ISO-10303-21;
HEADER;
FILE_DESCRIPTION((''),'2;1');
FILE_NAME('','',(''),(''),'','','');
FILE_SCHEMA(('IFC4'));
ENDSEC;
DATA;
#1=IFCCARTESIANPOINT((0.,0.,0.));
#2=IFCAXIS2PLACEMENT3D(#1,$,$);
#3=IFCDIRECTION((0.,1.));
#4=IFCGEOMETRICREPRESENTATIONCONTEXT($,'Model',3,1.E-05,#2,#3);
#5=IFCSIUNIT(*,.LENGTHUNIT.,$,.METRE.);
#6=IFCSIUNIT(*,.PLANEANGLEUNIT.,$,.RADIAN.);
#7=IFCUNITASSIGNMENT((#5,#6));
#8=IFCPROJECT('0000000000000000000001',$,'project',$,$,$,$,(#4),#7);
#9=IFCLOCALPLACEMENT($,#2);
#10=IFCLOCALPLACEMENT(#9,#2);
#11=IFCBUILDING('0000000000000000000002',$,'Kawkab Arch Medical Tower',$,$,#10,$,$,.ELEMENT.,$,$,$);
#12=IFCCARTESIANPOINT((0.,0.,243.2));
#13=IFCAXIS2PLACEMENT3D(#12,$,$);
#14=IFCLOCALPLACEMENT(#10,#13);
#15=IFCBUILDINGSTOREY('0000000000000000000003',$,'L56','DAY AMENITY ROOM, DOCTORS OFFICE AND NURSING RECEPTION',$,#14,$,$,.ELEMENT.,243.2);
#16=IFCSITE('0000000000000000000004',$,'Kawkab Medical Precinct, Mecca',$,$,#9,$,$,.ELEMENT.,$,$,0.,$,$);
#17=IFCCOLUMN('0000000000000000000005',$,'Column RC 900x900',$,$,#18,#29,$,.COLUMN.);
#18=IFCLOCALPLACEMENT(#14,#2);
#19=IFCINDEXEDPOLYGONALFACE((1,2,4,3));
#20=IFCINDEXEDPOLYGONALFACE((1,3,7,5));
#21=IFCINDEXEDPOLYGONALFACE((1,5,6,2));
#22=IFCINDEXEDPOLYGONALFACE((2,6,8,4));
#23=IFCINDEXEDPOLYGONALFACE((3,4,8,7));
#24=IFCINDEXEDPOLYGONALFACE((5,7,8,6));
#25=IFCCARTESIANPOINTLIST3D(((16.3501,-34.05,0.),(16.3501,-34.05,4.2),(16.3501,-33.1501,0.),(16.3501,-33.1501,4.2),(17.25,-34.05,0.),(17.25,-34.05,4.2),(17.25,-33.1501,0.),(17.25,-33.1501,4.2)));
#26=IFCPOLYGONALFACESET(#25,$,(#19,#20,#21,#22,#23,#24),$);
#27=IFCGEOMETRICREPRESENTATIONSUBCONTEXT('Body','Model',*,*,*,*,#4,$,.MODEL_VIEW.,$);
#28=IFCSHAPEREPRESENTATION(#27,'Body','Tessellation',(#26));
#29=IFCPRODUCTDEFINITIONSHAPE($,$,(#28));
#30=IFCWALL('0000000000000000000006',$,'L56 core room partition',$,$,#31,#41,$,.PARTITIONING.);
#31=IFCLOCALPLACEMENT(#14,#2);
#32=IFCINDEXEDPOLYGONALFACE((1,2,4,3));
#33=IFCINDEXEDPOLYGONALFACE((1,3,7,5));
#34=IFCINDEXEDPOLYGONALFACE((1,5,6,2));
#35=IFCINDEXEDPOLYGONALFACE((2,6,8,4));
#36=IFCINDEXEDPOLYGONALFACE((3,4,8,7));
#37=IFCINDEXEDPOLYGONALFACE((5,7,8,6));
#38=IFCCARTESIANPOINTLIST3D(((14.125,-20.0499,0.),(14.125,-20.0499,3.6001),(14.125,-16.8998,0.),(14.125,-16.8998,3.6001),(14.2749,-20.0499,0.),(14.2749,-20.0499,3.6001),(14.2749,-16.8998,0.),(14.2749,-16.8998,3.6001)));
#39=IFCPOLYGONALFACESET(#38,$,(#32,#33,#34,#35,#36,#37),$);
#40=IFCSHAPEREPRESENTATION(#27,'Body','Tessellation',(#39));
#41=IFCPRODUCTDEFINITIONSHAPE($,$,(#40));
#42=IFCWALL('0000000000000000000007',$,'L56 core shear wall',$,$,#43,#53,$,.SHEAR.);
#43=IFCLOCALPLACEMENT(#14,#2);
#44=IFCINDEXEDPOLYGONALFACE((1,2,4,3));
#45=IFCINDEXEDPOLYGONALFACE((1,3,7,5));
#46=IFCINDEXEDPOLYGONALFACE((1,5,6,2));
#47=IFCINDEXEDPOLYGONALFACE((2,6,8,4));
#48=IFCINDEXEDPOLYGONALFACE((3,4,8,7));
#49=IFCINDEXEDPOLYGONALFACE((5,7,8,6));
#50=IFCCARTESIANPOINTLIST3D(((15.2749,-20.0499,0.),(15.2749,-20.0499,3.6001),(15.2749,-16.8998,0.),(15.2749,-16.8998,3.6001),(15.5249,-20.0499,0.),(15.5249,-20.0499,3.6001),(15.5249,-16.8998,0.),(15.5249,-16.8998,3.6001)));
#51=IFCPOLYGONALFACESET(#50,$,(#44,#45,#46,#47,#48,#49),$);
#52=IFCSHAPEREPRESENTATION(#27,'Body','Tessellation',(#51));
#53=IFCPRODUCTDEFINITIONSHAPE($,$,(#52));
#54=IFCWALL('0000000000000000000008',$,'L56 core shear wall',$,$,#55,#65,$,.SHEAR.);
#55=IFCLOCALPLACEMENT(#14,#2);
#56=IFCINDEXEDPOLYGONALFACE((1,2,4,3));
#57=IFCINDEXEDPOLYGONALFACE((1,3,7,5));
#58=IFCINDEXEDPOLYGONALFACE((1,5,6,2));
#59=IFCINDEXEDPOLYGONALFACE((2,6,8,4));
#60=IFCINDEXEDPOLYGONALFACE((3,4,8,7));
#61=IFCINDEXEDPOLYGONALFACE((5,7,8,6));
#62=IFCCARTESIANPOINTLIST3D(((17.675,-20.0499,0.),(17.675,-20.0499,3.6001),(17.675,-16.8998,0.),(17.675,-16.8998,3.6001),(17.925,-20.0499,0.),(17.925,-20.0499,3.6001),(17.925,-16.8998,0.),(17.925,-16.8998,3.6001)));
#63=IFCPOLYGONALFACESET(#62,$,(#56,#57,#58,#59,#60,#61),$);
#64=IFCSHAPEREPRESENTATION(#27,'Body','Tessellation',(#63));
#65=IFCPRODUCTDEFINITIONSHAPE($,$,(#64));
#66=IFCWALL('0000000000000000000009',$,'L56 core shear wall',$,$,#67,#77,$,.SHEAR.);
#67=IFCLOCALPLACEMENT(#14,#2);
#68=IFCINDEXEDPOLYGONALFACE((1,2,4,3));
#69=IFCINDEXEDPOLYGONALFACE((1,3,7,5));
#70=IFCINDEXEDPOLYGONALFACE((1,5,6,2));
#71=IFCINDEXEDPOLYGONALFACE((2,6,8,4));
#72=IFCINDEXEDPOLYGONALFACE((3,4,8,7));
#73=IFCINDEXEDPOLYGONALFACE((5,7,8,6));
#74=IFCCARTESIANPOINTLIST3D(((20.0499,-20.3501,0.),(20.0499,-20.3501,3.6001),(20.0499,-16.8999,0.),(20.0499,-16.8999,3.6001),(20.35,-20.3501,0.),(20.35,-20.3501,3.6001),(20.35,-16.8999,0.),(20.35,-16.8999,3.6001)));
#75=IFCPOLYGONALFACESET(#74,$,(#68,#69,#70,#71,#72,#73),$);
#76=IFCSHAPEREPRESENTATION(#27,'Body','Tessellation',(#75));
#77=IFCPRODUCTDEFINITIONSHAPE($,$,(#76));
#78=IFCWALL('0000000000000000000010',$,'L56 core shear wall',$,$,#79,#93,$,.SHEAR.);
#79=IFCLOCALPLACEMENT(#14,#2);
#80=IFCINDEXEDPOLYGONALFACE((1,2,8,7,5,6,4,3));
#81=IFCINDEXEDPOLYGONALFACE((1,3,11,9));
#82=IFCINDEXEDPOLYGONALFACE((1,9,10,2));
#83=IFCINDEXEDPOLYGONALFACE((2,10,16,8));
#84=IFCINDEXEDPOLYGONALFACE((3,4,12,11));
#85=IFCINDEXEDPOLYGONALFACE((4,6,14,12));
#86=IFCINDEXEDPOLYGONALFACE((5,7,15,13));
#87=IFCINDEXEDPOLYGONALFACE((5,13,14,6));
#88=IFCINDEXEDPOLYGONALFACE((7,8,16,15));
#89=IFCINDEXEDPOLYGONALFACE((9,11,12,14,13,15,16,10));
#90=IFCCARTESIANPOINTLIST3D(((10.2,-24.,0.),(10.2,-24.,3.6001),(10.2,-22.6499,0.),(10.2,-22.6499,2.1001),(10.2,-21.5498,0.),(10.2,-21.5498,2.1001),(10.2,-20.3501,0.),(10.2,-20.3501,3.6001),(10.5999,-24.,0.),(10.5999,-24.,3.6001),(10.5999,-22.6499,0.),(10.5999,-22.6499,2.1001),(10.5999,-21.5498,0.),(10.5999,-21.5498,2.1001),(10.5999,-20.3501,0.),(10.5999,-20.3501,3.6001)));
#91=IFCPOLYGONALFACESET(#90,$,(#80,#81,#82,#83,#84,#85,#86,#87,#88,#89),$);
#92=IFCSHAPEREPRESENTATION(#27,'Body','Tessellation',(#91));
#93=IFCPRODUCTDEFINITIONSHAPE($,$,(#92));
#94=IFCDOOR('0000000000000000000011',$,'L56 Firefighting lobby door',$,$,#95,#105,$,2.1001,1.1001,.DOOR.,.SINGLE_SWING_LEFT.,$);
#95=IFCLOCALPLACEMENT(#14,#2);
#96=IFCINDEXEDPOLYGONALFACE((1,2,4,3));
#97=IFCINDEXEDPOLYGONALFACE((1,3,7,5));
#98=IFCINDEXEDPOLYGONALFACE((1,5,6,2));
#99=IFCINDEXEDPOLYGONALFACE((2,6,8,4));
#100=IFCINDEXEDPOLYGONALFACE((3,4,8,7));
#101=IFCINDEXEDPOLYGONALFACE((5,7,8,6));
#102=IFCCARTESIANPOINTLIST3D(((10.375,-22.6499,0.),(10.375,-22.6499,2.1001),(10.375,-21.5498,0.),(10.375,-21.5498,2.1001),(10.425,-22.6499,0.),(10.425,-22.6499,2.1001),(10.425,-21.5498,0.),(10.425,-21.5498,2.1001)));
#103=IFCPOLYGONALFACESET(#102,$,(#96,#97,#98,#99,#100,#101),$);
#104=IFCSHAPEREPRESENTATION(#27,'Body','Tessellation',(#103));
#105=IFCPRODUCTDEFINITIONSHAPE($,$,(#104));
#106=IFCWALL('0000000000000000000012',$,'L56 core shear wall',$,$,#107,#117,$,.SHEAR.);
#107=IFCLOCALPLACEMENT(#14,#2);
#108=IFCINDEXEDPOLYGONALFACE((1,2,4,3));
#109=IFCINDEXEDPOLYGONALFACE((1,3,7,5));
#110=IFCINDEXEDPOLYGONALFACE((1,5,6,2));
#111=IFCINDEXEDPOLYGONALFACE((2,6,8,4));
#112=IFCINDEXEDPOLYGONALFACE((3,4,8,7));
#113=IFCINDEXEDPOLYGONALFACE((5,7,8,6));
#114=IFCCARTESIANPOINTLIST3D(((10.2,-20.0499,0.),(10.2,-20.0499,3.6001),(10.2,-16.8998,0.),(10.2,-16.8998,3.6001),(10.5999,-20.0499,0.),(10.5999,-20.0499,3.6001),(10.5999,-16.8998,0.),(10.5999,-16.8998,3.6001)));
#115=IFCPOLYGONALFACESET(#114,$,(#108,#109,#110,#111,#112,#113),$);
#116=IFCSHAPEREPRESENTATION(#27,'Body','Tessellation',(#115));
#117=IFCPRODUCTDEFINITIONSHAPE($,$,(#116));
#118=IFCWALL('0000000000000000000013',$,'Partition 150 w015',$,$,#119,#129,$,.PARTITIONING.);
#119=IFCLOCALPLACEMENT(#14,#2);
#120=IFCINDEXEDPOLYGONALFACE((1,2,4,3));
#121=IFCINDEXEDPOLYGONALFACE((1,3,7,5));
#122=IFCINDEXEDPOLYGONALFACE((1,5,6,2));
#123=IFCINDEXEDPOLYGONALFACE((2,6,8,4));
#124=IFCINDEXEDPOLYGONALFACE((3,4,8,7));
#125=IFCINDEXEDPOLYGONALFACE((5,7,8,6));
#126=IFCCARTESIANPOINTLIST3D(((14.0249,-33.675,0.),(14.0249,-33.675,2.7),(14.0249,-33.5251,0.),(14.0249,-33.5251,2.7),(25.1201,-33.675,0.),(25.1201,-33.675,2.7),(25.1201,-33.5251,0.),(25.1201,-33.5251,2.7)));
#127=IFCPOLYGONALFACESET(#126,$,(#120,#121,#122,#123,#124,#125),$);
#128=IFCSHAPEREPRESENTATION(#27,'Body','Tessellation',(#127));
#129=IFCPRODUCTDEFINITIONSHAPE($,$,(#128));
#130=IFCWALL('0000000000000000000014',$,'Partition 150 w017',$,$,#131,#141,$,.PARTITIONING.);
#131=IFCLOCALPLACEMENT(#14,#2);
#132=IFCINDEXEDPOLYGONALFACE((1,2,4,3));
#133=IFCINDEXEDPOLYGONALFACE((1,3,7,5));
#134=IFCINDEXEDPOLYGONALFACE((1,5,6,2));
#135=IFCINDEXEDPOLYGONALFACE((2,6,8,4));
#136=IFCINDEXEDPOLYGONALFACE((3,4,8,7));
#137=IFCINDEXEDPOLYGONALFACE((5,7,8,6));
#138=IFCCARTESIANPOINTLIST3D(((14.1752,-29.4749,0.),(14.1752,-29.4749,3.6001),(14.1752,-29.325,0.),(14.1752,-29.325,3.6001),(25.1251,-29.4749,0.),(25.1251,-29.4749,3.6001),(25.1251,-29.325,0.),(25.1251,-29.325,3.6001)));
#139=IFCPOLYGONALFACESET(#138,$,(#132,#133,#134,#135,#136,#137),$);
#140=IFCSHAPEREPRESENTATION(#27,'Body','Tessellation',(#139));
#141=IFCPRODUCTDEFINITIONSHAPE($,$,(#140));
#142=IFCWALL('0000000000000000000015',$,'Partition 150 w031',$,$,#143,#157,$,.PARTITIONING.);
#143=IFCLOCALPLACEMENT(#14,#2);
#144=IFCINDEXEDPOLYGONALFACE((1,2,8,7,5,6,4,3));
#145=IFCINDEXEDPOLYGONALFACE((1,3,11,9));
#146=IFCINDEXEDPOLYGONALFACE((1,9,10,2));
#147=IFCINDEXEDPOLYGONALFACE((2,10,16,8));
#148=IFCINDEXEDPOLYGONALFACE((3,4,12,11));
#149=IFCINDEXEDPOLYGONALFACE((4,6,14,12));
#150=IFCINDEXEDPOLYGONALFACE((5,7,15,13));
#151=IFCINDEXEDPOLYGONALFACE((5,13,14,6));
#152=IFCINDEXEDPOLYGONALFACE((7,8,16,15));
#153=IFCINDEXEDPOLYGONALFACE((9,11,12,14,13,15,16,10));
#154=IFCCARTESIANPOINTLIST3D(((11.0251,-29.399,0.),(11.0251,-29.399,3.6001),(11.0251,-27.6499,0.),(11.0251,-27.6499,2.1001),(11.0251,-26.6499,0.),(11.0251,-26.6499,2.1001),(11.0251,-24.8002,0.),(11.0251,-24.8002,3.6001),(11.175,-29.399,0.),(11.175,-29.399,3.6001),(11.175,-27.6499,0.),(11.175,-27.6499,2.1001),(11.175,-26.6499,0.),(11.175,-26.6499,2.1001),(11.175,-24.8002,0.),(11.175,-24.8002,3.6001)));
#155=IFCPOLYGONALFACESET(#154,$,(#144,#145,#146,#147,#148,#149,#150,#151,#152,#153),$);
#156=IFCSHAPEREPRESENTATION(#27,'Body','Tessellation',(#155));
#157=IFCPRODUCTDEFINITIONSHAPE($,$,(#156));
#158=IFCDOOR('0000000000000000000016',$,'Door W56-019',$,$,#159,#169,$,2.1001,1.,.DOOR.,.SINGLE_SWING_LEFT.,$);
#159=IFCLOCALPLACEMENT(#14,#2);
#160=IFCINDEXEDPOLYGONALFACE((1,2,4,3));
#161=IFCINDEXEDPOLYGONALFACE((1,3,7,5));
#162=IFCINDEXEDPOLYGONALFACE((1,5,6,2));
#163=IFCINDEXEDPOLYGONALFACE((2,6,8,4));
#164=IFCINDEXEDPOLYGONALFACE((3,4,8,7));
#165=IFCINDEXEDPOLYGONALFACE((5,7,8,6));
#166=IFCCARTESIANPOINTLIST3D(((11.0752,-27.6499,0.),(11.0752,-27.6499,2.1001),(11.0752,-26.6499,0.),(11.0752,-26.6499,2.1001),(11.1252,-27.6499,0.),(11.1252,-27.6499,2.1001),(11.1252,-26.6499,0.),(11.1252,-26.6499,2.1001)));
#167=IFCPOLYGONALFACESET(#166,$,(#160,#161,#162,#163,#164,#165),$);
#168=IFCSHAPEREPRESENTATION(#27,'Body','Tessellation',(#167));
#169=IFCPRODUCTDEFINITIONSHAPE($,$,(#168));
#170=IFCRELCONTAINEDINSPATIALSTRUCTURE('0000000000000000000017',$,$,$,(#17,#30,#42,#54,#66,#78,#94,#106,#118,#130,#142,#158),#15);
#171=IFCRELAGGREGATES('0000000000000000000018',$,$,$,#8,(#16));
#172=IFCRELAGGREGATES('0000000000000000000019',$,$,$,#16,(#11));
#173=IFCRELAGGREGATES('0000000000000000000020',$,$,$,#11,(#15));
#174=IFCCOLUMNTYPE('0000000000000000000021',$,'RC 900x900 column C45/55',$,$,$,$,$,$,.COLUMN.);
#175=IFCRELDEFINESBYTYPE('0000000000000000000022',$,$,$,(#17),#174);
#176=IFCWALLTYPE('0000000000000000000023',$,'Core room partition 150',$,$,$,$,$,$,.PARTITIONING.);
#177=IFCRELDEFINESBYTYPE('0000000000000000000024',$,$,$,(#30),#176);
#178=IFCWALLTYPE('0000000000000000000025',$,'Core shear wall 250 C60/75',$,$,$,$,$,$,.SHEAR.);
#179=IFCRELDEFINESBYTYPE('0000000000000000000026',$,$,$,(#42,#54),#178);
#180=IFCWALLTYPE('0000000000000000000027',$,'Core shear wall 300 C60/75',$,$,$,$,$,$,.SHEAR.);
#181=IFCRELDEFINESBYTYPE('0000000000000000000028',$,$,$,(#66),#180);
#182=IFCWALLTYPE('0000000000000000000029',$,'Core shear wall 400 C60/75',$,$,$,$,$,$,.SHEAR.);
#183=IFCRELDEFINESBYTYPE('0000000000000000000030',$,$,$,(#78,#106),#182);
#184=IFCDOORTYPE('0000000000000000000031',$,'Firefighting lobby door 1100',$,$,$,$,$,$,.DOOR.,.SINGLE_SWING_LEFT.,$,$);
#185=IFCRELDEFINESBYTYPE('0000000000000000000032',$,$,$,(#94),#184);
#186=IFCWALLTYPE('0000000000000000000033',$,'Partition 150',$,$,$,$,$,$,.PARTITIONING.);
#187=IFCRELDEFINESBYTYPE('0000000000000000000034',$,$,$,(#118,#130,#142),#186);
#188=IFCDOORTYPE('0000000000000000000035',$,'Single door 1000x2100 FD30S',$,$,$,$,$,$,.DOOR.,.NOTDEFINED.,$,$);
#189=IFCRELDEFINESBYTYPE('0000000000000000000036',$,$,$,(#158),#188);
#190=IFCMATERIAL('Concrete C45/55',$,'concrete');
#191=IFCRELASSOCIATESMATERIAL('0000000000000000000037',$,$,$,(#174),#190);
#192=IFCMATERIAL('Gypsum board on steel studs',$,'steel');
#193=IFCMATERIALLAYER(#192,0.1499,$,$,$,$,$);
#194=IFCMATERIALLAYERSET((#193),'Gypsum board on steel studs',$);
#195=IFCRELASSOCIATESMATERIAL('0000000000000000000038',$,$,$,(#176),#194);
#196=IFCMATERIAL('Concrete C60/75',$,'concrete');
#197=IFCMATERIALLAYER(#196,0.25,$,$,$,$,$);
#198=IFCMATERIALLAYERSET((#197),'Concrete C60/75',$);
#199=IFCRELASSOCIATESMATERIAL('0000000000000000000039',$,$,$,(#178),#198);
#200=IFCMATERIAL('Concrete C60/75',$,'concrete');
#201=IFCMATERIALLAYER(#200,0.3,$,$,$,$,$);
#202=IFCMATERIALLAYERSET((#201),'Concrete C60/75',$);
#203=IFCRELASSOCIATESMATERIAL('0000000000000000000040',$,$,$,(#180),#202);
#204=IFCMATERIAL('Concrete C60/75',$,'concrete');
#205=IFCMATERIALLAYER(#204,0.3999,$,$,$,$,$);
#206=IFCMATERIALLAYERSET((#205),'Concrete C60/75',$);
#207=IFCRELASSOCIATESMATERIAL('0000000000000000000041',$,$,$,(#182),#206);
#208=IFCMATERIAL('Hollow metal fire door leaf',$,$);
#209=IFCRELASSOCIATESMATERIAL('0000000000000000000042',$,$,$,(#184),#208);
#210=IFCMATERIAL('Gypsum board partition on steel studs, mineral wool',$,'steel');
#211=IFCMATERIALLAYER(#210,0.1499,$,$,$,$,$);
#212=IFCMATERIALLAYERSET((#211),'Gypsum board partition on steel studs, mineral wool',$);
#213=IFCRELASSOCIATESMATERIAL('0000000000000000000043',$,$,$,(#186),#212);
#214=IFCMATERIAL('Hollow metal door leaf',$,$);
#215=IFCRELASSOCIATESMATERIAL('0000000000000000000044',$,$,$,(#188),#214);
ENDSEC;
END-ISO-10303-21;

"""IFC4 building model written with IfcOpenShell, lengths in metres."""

from ifc_helpers import new_model, si_unit, direction, frame, frame_2d, origin, origin_2d, place, context, subcontext, project, spatial, rectangle, extrude, material, layer, layer_set, material_profile, profile_set, type_object, element, fill, save


model = new_model("IFC4")

# Units and contexts
model_context = context("Model", 3, precision=1e-05, world=origin(), true_north=direction((0.0, 1.0)))
body_context = subcontext(model_context, "Body", "Model", "MODEL_VIEW")
ifc_project = project(units=[si_unit("LENGTHUNIT", "METRE"), si_unit("PLANEANGLEUNIT", "RADIAN")], contexts=[model_context])

# Site, building, storey
site_placement = place(None, origin())
site = spatial("IfcSite", under=ifc_project, at=site_placement, Name="Kawkab Medical Precinct, Mecca", CompositionType="ELEMENT", RefElevation=0.0)
building_placement = place(site_placement, origin())
building = spatial("IfcBuilding", under=site, at=building_placement, Name="Kawkab Arch Medical Tower", CompositionType="ELEMENT")
storey_placement = place(building_placement, frame((0.0, 0.0, 243.2)))
storey = spatial("IfcBuildingStorey", under=building, at=storey_placement, Name="L56", Description="DAY AMENITY ROOM, DOCTORS OFFICE AND NURSING RECEPTION", CompositionType="ELEMENT", Elevation=243.2)

# Column
ifc_material_1 = material(Name="Concrete C45/55", Category="concrete")
ifc_material_profile = material_profile(ifc_material_1, rectangle(XDim=0.8999, YDim=0.8999, at=origin_2d()), Name="RC 900x900")
ifc_profile_set = profile_set([ifc_material_profile], Name="Concrete C45/55")
column_type = type_object("IfcColumnType", Name="RC 900x900 column C45/55", PredefinedType="COLUMN", material=ifc_profile_set)
column_placement = place(storey_placement, frame((16.8, -33.6001, 0.0), z_axis=(0.0, 0.0, 1.0), x_axis=(1.0, 0.0, 0.0)))
element("IfcColumn", 1, at=column_placement, inside=storey, type_object=column_type, Name="Column RC 900x900", PredefinedType="COLUMN", context=body_context, shape_type="SweptSolid", body=[
    extrude(rectangle(XDim=0.8999, YDim=0.8999, at=origin_2d()), origin(), (0.0, 0.0, 1.0), 4.2),
])

# Walls
ifc_material_2 = material(Name="Gypsum board on steel studs", Category="steel")
ifc_layer_1 = layer(ifc_material_2, 0.1499)
ifc_layer_set_1 = layer_set([ifc_layer_1], Name="Gypsum board on steel studs")
wall_type_1 = type_object("IfcWallType", Name="Core room partition 150", PredefinedType="PARTITIONING", material=ifc_layer_set_1)
wall_1_placement = place(storey_placement, frame((14.2, -20.05, 0.0), z_axis=(0.0, 0.0, 1.0), x_axis=(0.0, 1.0, 0.0)))
element("IfcWall", 2, at=wall_1_placement, inside=storey, type_object=wall_type_1, Name="L56 core room partition", PredefinedType="PARTITIONING", context=body_context, shape_type="SweptSolid", body=[
    extrude(rectangle(XDim=3.1501, YDim=0.1499, at=frame_2d((1.5752, 0.0))), origin(), (0.0, 0.0, 1.0), 3.6001),
])
ifc_material_3 = material(Name="Concrete C60/75", Category="concrete")
ifc_layer_2 = layer(ifc_material_3, 0.25)
ifc_layer_set_2 = layer_set([ifc_layer_2], Name="Concrete C60/75")
wall_type_2 = type_object("IfcWallType", Name="Core shear wall 250 C60/75", PredefinedType="SHEAR", material=ifc_layer_set_2)
for number, where, z_axis, x_axis, name in (
    (3, (15.3999, -20.05, 0.0), (0.0, 0.0, 1.0), (0.0, 1.0, 0.0), "L56 core shear wall"),
    (4, (17.8, -20.05, 0.0), (0.0, 0.0, 1.0), (0.0, 1.0, 0.0), "L56 core shear wall"),
):
    element("IfcWall", number, at=place(storey_placement, frame(where, z_axis=z_axis, x_axis=x_axis)), inside=storey, type_object=wall_type_2, Name=name, PredefinedType="SHEAR", context=body_context, shape_type="SweptSolid", body=[
        extrude(rectangle(XDim=3.1501, YDim=0.25, at=frame_2d((1.5752, 0.0))), origin(), (0.0, 0.0, 1.0), 3.6001),
    ])
ifc_material_4 = material(Name="Concrete C60/75", Category="concrete")
ifc_layer_3 = layer(ifc_material_4, 0.3)
ifc_layer_set_3 = layer_set([ifc_layer_3], Name="Concrete C60/75")
wall_type_3 = type_object("IfcWallType", Name="Core shear wall 300 C60/75", PredefinedType="SHEAR", material=ifc_layer_set_3)
wall_2_placement = place(storey_placement, frame((20.2, -20.3501, 0.0), z_axis=(0.0, 0.0, 1.0), x_axis=(0.0, 1.0, 0.0)))
element("IfcWall", 5, at=wall_2_placement, inside=storey, type_object=wall_type_3, Name="L56 core shear wall", PredefinedType="SHEAR", context=body_context, shape_type="SweptSolid", body=[
    extrude(rectangle(XDim=3.4502, YDim=0.3, at=frame_2d((1.7251, 0.0))), origin(), (0.0, 0.0, 1.0), 3.6001),
])

# Wall, opening, door
ifc_material_5 = material(Name="Concrete C60/75", Category="concrete")
ifc_layer_4 = layer(ifc_material_5, 0.3999)
ifc_layer_set_4 = layer_set([ifc_layer_4], Name="Concrete C60/75")
wall_type_4 = type_object("IfcWallType", Name="Core shear wall 400 C60/75", PredefinedType="SHEAR", material=ifc_layer_set_4)
wall_3_placement = place(storey_placement, frame((10.3999, -24.0, 0.0), z_axis=(0.0, 0.0, 1.0), x_axis=(0.0, 1.0, 0.0)))
wall_3 = element("IfcWall", 6, at=wall_3_placement, inside=storey, type_object=wall_type_4, Name="L56 core shear wall", PredefinedType="SHEAR", context=body_context, shape_type="SweptSolid", body=[
    extrude(rectangle(XDim=3.6499, YDim=0.3999, at=frame_2d((1.825, 0.0))), origin(), (0.0, 0.0, 1.0), 3.6001),
])
opening_1_placement = place(wall_3_placement, frame((1.3501, 0.0, 0.0)))
opening_1 = element("IfcOpeningElement", 7, at=opening_1_placement, cuts=wall_3, PredefinedType="OPENING", context=body_context, shape_type="SweptSolid", body=[
    extrude(rectangle(XDim=1.1001, YDim=2.1001, at=frame_2d((0.55, 1.05))), frame((0.0, 0.21, 0.0), z_axis=(0.0, -1.0, 0.0), x_axis=(1.0, 0.0, 0.0)), (0.0, 0.0, 1.0), 0.4199),
])
ifc_material_6 = material(Name="Hollow metal fire door leaf")
door_type_1 = type_object("IfcDoorType", Name="Firefighting lobby door 1100", OperationType="SINGLE_SWING_LEFT", PredefinedType="DOOR", material=ifc_material_6)
door_1_placement = place(opening_1_placement, origin())
door_1 = element("IfcDoor", 8, at=door_1_placement, inside=storey, type_object=door_type_1, Name="L56 Firefighting lobby door", OperationType="SINGLE_SWING_LEFT", OverallHeight=2.1001, OverallWidth=1.1001, PredefinedType="DOOR", context=body_context, shape_type="SweptSolid", body=[
    extrude(rectangle(XDim=1.1001, YDim=2.1001, at=frame_2d((0.55, 1.05))), frame((0.0, 0.0249, 0.0), z_axis=(0.0, -1.0, 0.0), x_axis=(1.0, 0.0, 0.0)), (0.0, 0.0, 1.0), 0.05),
])
fill(opening_1, door_1)

# Walls
wall_4_placement = place(storey_placement, frame((10.3999, -20.05, 0.0), z_axis=(0.0, 0.0, 1.0), x_axis=(0.0, 1.0, 0.0)))
element("IfcWall", 9, at=wall_4_placement, inside=storey, type_object=wall_type_4, Name="L56 core shear wall", PredefinedType="SHEAR", context=body_context, shape_type="SweptSolid", body=[
    extrude(rectangle(XDim=3.1501, YDim=0.3999, at=frame_2d((1.5752, 0.0))), origin(), (0.0, 0.0, 1.0), 3.6001),
])
ifc_material_7 = material(Name="Gypsum board partition on steel studs, mineral wool", Category="steel")
ifc_layer_5 = layer(ifc_material_7, 0.1499)
ifc_layer_set_5 = layer_set([ifc_layer_5], Name="Gypsum board partition on steel studs, mineral wool")
wall_type_5 = type_object("IfcWallType", Name="Partition 150", PredefinedType="PARTITIONING", material=ifc_layer_set_5)
wall_5_placement = place(storey_placement, frame((14.0249, -33.6001, 0.0), z_axis=(0.0, 0.0, 1.0), x_axis=(1.0, 0.0, 0.0)))
element("IfcWall", 10, at=wall_5_placement, inside=storey, type_object=wall_type_5, Name="Partition 150 w015", PredefinedType="PARTITIONING", context=body_context, shape_type="SweptSolid", body=[
    extrude(rectangle(XDim=11.0952, YDim=0.1499, at=frame_2d((5.5476, 0.0))), origin(), (0.0, 0.0, 1.0), 2.7),
])
wall_6_placement = place(storey_placement, frame((14.175, -29.3999, 0.0), z_axis=(0.0, 0.0, 1.0), x_axis=(1.0, 0.0, 0.0)))
element("IfcWall", 11, at=wall_6_placement, inside=storey, type_object=wall_type_5, Name="Partition 150 w017", PredefinedType="PARTITIONING", context=body_context, shape_type="SweptSolid", body=[
    extrude(rectangle(XDim=10.95, YDim=0.1499, at=frame_2d((5.4751, 0.0))), origin(), (0.0, 0.0, 1.0), 3.6001),
])

# Wall, opening, door
wall_7_placement = place(storey_placement, frame((11.1001, -29.3989, 0.0), z_axis=(0.0, 0.0, 1.0), x_axis=(0.0, 1.0, 0.0)))
wall_7 = element("IfcWall", 12, at=wall_7_placement, inside=storey, type_object=wall_type_5, Name="Partition 150 w031", PredefinedType="PARTITIONING", context=body_context, shape_type="SweptSolid", body=[
    extrude(rectangle(XDim=4.5989, YDim=0.1499, at=frame_2d((2.2993, 0.0))), origin(), (0.0, 0.0, 1.0), 3.6001),
])
opening_2_placement = place(wall_7_placement, frame((1.749, 0.0, 0.0)))
opening_2 = element("IfcOpeningElement", 13, at=opening_2_placement, cuts=wall_7, PredefinedType="OPENING", context=body_context, shape_type="SweptSolid", body=[
    extrude(rectangle(XDim=1.0, YDim=2.1001, at=frame_2d((0.5, 1.05))), frame((0.0, 0.085, 0.0), z_axis=(0.0, -1.0, 0.0), x_axis=(1.0, 0.0, 0.0)), (0.0, 0.0, 1.0), 0.1699),
])
ifc_material_8 = material(Name="Hollow metal door leaf")
door_type_2 = type_object("IfcDoorType", Name="Single door 1000x2100 FD30S", OperationType="NOTDEFINED", PredefinedType="DOOR", material=ifc_material_8)
door_2_placement = place(opening_2_placement, origin())
door_2 = element("IfcDoor", 14, at=door_2_placement, inside=storey, type_object=door_type_2, Name="Door W56-019", OperationType="SINGLE_SWING_LEFT", OverallHeight=2.1001, OverallWidth=1.0, PredefinedType="DOOR", context=body_context, shape_type="SweptSolid", body=[
    extrude(rectangle(XDim=1.0, YDim=2.1001, at=frame_2d((0.5, 1.05))), frame((0.0, 0.0249, 0.0), z_axis=(0.0, -1.0, 0.0), x_axis=(1.0, 0.0, 0.0)), (0.0, 0.0, 1.0), 0.05),
])
fill(opening_2, door_2)

save(model, "model.ifc")
